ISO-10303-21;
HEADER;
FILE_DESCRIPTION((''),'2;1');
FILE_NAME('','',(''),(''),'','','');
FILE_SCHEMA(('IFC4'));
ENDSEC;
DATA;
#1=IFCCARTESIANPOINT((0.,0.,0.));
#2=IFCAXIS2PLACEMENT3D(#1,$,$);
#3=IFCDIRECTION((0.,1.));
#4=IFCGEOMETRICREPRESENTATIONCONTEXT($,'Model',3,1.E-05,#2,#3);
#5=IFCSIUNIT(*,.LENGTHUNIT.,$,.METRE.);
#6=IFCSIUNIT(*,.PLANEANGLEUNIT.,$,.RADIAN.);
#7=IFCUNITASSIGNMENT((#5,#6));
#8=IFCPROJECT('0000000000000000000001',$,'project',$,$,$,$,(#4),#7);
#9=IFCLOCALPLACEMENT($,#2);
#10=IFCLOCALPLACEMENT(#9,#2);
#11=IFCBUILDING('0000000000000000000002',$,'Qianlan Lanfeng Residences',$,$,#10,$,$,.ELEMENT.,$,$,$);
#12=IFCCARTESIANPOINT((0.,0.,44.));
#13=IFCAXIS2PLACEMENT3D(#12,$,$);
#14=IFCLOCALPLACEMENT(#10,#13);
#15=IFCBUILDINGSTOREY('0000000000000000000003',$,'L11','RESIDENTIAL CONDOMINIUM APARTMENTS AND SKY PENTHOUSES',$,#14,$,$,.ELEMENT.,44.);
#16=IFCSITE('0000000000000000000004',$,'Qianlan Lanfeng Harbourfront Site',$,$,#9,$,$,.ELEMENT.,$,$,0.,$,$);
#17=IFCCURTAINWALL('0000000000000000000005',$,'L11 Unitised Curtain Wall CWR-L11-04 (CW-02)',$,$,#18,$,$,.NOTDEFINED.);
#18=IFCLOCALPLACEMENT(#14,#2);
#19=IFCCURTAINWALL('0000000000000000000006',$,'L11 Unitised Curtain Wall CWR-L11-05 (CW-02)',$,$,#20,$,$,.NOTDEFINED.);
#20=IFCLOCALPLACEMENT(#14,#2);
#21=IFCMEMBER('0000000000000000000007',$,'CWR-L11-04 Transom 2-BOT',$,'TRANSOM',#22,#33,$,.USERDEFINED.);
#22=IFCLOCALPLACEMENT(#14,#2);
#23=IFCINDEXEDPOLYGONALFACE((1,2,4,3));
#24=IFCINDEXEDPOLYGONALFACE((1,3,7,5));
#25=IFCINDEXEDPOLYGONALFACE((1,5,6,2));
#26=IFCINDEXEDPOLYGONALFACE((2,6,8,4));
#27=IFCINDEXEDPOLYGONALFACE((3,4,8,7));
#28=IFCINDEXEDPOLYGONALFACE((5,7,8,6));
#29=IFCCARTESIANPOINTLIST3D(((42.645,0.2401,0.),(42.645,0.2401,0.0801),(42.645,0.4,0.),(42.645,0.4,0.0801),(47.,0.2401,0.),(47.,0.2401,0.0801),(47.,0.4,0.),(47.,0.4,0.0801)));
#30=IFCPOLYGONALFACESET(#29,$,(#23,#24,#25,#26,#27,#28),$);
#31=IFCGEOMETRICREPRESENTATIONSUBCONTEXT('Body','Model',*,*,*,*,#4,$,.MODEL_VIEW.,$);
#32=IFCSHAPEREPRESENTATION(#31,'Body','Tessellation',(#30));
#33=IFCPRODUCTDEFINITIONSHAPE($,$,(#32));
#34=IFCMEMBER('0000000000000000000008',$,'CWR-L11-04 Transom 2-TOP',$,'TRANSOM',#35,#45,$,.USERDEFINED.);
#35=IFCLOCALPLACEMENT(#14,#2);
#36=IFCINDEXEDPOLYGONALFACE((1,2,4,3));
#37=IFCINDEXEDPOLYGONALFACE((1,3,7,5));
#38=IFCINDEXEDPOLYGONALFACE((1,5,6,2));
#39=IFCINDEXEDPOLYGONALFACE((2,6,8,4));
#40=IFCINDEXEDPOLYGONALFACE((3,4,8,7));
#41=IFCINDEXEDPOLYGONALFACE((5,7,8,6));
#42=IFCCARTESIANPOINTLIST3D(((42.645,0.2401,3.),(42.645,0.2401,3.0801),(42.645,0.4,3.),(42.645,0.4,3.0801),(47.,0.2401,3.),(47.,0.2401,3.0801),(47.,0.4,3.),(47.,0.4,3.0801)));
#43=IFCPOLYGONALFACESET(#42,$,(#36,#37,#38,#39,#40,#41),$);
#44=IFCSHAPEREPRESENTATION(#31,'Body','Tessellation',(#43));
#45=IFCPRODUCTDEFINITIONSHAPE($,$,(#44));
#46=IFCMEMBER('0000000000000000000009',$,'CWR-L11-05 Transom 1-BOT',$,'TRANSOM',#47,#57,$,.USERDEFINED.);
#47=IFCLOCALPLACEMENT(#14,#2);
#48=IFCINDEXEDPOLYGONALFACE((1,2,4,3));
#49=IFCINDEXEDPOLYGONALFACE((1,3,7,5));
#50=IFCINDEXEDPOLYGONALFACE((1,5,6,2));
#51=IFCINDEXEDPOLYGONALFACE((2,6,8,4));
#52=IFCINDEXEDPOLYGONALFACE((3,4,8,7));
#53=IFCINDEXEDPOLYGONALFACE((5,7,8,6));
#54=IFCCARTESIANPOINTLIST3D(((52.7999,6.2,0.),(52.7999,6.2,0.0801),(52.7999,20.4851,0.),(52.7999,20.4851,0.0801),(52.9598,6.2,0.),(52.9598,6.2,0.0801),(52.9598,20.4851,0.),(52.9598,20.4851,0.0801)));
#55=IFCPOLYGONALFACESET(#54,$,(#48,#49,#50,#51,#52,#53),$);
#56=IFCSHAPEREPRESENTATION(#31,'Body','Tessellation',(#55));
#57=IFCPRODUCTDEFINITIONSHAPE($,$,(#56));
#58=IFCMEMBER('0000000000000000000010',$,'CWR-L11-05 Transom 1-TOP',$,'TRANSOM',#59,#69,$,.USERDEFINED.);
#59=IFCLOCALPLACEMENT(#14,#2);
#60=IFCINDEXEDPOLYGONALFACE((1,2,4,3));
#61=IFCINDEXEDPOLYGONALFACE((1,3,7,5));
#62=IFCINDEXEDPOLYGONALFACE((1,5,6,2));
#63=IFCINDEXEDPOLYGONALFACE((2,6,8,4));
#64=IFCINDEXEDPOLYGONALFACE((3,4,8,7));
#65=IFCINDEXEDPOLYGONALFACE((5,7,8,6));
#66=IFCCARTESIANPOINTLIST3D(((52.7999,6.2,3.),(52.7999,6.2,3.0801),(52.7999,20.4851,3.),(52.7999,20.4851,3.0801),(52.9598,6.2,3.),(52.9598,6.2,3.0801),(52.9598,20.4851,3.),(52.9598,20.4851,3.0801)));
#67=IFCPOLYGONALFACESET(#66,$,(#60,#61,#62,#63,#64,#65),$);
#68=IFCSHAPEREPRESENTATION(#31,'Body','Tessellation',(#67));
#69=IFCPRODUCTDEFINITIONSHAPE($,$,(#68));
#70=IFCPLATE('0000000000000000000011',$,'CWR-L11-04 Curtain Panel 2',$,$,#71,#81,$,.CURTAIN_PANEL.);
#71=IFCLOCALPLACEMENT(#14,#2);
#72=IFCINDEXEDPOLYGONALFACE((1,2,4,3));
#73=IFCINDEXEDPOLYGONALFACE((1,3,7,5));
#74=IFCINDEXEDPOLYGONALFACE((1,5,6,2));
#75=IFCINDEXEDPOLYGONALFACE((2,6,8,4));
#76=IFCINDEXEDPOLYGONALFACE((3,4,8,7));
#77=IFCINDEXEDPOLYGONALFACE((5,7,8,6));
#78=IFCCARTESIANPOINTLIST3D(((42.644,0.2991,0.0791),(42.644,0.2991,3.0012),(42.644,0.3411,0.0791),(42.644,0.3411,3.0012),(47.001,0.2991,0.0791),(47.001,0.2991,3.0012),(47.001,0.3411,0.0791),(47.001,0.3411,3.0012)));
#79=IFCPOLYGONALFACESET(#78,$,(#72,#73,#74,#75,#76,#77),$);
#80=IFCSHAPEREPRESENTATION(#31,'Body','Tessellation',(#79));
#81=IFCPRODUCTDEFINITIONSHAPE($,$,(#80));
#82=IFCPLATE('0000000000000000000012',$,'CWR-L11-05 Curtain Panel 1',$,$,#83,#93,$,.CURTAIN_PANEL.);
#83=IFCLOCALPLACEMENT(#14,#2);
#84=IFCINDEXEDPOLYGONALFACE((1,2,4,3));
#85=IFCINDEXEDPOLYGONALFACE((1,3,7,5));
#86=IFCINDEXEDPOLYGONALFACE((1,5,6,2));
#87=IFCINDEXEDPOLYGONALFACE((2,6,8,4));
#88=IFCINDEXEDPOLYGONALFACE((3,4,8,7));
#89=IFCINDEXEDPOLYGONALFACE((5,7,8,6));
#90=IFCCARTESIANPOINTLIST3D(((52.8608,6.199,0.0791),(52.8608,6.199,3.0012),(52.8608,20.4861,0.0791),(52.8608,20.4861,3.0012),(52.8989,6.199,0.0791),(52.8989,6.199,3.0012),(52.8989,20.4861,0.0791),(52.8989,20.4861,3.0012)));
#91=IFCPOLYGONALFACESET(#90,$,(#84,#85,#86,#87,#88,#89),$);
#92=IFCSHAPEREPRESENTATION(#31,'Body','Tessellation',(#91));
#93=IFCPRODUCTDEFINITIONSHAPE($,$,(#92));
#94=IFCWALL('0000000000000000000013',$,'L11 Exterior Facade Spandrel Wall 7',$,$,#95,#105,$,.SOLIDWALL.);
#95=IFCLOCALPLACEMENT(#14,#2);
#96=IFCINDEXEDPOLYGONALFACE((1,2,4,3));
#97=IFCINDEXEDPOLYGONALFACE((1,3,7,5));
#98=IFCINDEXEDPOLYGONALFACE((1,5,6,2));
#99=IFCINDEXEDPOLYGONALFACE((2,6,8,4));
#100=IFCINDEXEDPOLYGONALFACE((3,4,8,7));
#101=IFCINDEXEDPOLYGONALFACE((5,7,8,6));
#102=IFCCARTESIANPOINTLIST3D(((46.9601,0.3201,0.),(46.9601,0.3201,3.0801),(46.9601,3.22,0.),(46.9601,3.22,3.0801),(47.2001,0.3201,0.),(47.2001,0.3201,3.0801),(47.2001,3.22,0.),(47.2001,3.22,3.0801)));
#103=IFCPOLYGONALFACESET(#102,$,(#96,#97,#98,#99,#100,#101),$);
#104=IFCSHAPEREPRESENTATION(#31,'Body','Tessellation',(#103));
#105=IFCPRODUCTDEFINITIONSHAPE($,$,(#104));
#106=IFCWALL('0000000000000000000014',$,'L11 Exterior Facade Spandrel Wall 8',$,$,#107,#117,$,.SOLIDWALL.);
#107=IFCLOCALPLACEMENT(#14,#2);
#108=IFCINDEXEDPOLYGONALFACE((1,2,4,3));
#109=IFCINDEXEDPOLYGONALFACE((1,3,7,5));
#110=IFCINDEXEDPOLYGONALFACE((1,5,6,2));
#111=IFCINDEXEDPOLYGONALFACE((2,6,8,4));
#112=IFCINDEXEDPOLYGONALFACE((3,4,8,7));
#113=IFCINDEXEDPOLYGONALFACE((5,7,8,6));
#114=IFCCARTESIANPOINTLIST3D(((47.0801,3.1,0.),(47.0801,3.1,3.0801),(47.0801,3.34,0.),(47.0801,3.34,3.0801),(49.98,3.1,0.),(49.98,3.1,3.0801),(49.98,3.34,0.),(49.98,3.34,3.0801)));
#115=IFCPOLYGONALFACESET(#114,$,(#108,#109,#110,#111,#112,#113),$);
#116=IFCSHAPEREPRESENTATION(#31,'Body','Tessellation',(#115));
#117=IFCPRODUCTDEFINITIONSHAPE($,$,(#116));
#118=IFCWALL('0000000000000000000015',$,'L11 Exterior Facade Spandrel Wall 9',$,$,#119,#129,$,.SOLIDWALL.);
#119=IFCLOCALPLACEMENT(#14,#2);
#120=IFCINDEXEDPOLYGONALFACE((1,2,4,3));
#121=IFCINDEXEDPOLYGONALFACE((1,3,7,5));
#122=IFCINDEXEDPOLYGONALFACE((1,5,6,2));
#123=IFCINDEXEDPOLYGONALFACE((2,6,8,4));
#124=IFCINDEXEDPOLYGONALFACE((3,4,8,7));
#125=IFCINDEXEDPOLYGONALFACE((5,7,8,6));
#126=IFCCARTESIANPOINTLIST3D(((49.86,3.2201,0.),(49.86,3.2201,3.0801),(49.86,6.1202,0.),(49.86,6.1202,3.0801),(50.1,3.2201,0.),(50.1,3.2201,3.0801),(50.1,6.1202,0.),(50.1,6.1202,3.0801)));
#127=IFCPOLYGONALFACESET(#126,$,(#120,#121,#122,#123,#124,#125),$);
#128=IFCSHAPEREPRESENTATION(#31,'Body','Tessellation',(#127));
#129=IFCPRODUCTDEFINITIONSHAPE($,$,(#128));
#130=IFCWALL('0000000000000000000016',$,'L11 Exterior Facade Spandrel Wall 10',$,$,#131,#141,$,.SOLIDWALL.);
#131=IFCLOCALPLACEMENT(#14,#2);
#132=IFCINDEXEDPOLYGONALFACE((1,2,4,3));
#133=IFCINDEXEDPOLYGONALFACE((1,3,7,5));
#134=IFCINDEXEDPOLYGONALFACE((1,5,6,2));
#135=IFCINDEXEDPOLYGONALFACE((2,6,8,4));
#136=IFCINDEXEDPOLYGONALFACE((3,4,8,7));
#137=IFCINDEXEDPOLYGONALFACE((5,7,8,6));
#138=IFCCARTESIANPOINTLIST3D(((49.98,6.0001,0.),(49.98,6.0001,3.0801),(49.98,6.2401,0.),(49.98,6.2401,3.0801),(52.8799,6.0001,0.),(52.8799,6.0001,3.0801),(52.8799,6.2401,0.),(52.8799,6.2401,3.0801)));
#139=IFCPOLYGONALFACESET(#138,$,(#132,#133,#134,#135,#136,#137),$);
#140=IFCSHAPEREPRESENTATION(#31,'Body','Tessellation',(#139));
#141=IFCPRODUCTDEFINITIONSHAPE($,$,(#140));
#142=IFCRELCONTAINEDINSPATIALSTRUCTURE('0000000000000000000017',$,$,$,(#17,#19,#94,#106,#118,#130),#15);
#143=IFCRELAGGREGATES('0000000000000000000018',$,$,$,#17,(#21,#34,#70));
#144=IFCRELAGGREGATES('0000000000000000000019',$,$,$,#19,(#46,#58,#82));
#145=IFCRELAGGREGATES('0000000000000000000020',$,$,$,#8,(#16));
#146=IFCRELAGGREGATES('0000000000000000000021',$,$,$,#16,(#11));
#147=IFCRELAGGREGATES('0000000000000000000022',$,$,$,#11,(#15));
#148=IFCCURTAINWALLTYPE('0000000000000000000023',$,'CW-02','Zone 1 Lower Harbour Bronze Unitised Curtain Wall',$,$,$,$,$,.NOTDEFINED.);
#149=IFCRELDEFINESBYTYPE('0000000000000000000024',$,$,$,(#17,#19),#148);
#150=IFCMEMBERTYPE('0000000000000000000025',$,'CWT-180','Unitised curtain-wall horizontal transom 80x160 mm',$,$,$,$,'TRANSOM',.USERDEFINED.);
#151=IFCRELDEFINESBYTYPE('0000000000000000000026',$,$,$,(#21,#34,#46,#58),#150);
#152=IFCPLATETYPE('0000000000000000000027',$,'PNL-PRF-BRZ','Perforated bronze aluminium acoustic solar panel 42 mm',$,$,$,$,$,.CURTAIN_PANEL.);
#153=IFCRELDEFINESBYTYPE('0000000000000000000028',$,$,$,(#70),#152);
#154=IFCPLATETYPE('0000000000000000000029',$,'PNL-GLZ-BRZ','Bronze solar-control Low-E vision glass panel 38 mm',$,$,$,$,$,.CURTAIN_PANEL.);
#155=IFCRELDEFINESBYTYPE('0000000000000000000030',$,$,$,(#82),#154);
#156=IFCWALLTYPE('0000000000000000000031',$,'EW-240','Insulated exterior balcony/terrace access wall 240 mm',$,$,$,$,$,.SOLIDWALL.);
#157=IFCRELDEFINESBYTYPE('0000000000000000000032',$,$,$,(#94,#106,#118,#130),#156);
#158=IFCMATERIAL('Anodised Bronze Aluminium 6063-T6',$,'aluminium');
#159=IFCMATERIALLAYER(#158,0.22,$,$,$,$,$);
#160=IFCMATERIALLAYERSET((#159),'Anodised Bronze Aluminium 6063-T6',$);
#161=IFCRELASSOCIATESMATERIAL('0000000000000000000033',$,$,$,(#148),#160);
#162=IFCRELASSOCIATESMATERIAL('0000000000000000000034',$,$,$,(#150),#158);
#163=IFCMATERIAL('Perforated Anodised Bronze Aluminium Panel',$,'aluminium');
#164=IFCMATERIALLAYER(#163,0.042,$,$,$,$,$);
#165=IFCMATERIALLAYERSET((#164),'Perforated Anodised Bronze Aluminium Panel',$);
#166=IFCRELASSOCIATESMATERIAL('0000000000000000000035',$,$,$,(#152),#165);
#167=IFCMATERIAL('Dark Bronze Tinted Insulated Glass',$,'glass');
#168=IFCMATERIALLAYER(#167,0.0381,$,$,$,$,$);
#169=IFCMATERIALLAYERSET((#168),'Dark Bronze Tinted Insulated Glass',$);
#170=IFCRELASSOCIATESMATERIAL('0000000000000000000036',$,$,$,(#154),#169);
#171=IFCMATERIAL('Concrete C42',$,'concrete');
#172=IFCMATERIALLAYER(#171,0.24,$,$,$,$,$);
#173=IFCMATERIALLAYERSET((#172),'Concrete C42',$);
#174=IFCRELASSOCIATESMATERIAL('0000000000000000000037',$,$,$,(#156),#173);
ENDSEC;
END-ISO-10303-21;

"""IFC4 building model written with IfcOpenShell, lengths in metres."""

from ifc_helpers import new_model, si_unit, direction, frame, frame_2d, origin, origin_2d, place, context, subcontext, project, spatial, rectangle, extrude, source, transform, mapped, material, layer, layer_set, material_profile, profile_set, type_object, element, aggregate, save


model = new_model("IFC4")

# Units and contexts
model_context = context("Model", 3, precision=1e-05, world=origin(), true_north=direction((0.0, 1.0)))
body_context = subcontext(model_context, "Body", "Model", "MODEL_VIEW")
ifc_project = project(units=[si_unit("LENGTHUNIT", "METRE"), si_unit("PLANEANGLEUNIT", "RADIAN")], contexts=[model_context])

# Site, building, storey
site_placement = place(None, origin())
site = spatial("IfcSite", under=ifc_project, at=site_placement, Name="Qianlan Lanfeng Harbourfront Site", CompositionType="ELEMENT", RefElevation=0.0)
building_placement = place(site_placement, origin())
building = spatial("IfcBuilding", under=site, at=building_placement, Name="Qianlan Lanfeng Residences", CompositionType="ELEMENT")
storey_placement = place(building_placement, frame((0.0, 0.0, 44.0)))
storey = spatial("IfcBuildingStorey", under=building, at=storey_placement, Name="L11", Description="RESIDENTIAL CONDOMINIUM APARTMENTS AND SKY PENTHOUSES", CompositionType="ELEMENT", Elevation=44.0)

# Curtain wall
ifc_material_1 = material(Name="Anodised Bronze Aluminium 6063-T6", Category="aluminium")
ifc_layer_1 = layer(ifc_material_1, 0.22)
ifc_layer_set_1 = layer_set([ifc_layer_1], Name="Anodised Bronze Aluminium 6063-T6")
curtain_wall_type = type_object("IfcCurtainWallType", Name="CW-02", Description="Zone 1 Lower Harbour Bronze Unitised Curtain Wall", PredefinedType="NOTDEFINED", material=ifc_layer_set_1)
curtain_wall_1_placement = place(storey_placement, origin())
curtain_wall_1 = element("IfcCurtainWall", 1, at=curtain_wall_1_placement, inside=storey, type_object=curtain_wall_type, Name="L11 Unitised Curtain Wall CWR-L11-04 (CW-02)", PredefinedType="NOTDEFINED")

# Curtain wall
curtain_wall_2_placement = place(storey_placement, origin())
curtain_wall_2 = element("IfcCurtainWall", 2, at=curtain_wall_2_placement, inside=storey, type_object=curtain_wall_type, Name="L11 Unitised Curtain Wall CWR-L11-05 (CW-02)", PredefinedType="NOTDEFINED")

# Members
ifc_material_profile_1 = material_profile(ifc_material_1, rectangle(XDim=0.0801, YDim=0.1599, at=origin_2d()), Name="ALU TRANSOM 80x160")
ifc_profile_set_1 = profile_set([ifc_material_profile_1], Name="Anodised Bronze Aluminium 6063-T6")
member_type_1 = type_object("IfcMemberType", Name="CWT-180", Description="Unitised curtain-wall horizontal transom 80x160 mm", ElementType="TRANSOM", PredefinedType="USERDEFINED", material=ifc_profile_set_1)
shared_shape_1 = source(origin(), body_context, "Body", "SweptSolid", [
    extrude(rectangle(XDim=0.0801, YDim=0.1599, at=origin_2d()), origin(), (0.0, 0.0, 1.0), 4.355),
])
member_1_placement = place(storey_placement, frame((42.645, 0.3201, 0.04), z_axis=(1.0, 0.0, 0.0), x_axis=(0.0, 0.0, 1.0)))
member_1 = element("IfcMember", 3, at=member_1_placement, type_object=member_type_1, Name="CWR-L11-04 Transom 2-BOT", ObjectType="TRANSOM", PredefinedType="USERDEFINED", context=body_context, shape_type="MappedRepresentation", body=[
    mapped(shared_shape_1, transform((0.0, 0.0, 0.0), scale=1.0)),
])
member_2_placement = place(storey_placement, frame((42.645, 0.3201, 3.04), z_axis=(1.0, 0.0, 0.0), x_axis=(0.0, 0.0, 1.0)))
member_2 = element("IfcMember", 4, at=member_2_placement, type_object=member_type_1, Name="CWR-L11-04 Transom 2-TOP", ObjectType="TRANSOM", PredefinedType="USERDEFINED", context=body_context, shape_type="MappedRepresentation", body=[
    mapped(shared_shape_1, transform((0.0, 0.0, 0.0), scale=1.0)),
])
shared_shape_2 = source(origin(), body_context, "Body", "SweptSolid", [
    extrude(rectangle(XDim=0.0801, YDim=0.1599, at=origin_2d()), origin(), (0.0, 0.0, 1.0), 14.2852),
])
member_3_placement = place(storey_placement, frame((52.8799, 6.2, 0.04), z_axis=(0.0, 1.0, 0.0), x_axis=(0.0, 0.0, 1.0)))
member_3 = element("IfcMember", 5, at=member_3_placement, type_object=member_type_1, Name="CWR-L11-05 Transom 1-BOT", ObjectType="TRANSOM", PredefinedType="USERDEFINED", context=body_context, shape_type="MappedRepresentation", body=[
    mapped(shared_shape_2, transform((0.0, 0.0, 0.0), scale=1.0)),
])
member_4_placement = place(storey_placement, frame((52.8799, 6.2, 3.04), z_axis=(0.0, 1.0, 0.0), x_axis=(0.0, 0.0, 1.0)))
member_4 = element("IfcMember", 6, at=member_4_placement, type_object=member_type_1, Name="CWR-L11-05 Transom 1-TOP", ObjectType="TRANSOM", PredefinedType="USERDEFINED", context=body_context, shape_type="MappedRepresentation", body=[
    mapped(shared_shape_2, transform((0.0, 0.0, 0.0), scale=1.0)),
])

# Plates
ifc_material_2 = material(Name="Perforated Anodised Bronze Aluminium Panel", Category="aluminium")
ifc_layer_2 = layer(ifc_material_2, 0.042)
ifc_layer_set_2 = layer_set([ifc_layer_2], Name="Perforated Anodised Bronze Aluminium Panel")
plate_type_1 = type_object("IfcPlateType", Name="PNL-PRF-BRZ", Description="Perforated bronze aluminium acoustic solar panel 42 mm", PredefinedType="CURTAIN_PANEL", material=ifc_layer_set_2)
shared_shape_3 = source(origin(), body_context, "Body", "SweptSolid", [
    extrude(rectangle(XDim=4.3569, YDim=0.042, at=origin_2d()), origin(), (0.0, 0.0, 1.0), 2.9221),
])
plate_1_placement = place(storey_placement, frame((44.8225, 0.3201, 0.0791), z_axis=(0.0, 0.0, 1.0), x_axis=(1.0, 0.0, 0.0)))
plate_1 = element("IfcPlate", 7, at=plate_1_placement, type_object=plate_type_1, Name="CWR-L11-04 Curtain Panel 2", PredefinedType="CURTAIN_PANEL", context=body_context, shape_type="MappedRepresentation", body=[
    mapped(shared_shape_3, transform((0.0, 0.0, 0.0), scale=1.0)),
])
aggregate(curtain_wall_1, [member_1, member_2, plate_1])
ifc_material_3 = material(Name="Dark Bronze Tinted Insulated Glass", Category="glass")
ifc_layer_3 = layer(ifc_material_3, 0.0381)
ifc_layer_set_3 = layer_set([ifc_layer_3], Name="Dark Bronze Tinted Insulated Glass")
plate_type_2 = type_object("IfcPlateType", Name="PNL-GLZ-BRZ", Description="Bronze solar-control Low-E vision glass panel 38 mm", PredefinedType="CURTAIN_PANEL", material=ifc_layer_set_3)
shared_shape_4 = source(origin(), body_context, "Body", "SweptSolid", [
    extrude(rectangle(XDim=14.2871, YDim=0.0381, at=origin_2d()), origin(), (0.0, 0.0, 1.0), 2.9221),
])
plate_2_placement = place(storey_placement, frame((52.8799, 13.3425, 0.0791), z_axis=(0.0, 0.0, 1.0), x_axis=(0.0, 1.0, 0.0)))
plate_2 = element("IfcPlate", 8, at=plate_2_placement, type_object=plate_type_2, Name="CWR-L11-05 Curtain Panel 1", PredefinedType="CURTAIN_PANEL", context=body_context, shape_type="MappedRepresentation", body=[
    mapped(shared_shape_4, transform((0.0, 0.0, 0.0), scale=1.0)),
])
aggregate(curtain_wall_2, [member_3, member_4, plate_2])

# Walls
ifc_material_4 = material(Name="Concrete C42", Category="concrete")
ifc_layer_4 = layer(ifc_material_4, 0.24)
ifc_layer_set_4 = layer_set([ifc_layer_4], Name="Concrete C42")
wall_type = type_object("IfcWallType", Name="EW-240", Description="Insulated exterior balcony/terrace access wall 240 mm", PredefinedType="SOLIDWALL", material=ifc_layer_set_4)
for number, where, z_axis, x_axis, name in (
    (9, (47.0801, 0.3201, 0.0), (0.0, 0.0, 1.0), (0.0, 1.0, 0.0), "L11 Exterior Facade Spandrel Wall 7"),
    (10, (47.0801, 3.22, 0.0), (0.0, 0.0, 1.0), (1.0, 0.0, 0.0), "L11 Exterior Facade Spandrel Wall 8"),
):
    element("IfcWall", number, at=place(storey_placement, frame(where, z_axis=z_axis, x_axis=x_axis)), inside=storey, type_object=wall_type, Name=name, PredefinedType="SOLIDWALL", context=body_context, shape_type="SweptSolid", body=[
        extrude(rectangle(XDim=2.8999, YDim=0.24, at=frame_2d((1.45, 0.0))), origin(), (0.0, 0.0, 1.0), 3.0801),
    ])
wall_1_placement = place(storey_placement, frame((49.98, 3.22, 0.0), z_axis=(0.0, 0.0, 1.0), x_axis=(0.0, 1.0, 0.0)))
element("IfcWall", 11, at=wall_1_placement, inside=storey, type_object=wall_type, Name="L11 Exterior Facade Spandrel Wall 9", PredefinedType="SOLIDWALL", context=body_context, shape_type="SweptSolid", body=[
    extrude(rectangle(XDim=2.9001, YDim=0.24, at=frame_2d((1.4502, 0.0))), origin(), (0.0, 0.0, 1.0), 3.0801),
])
wall_2_placement = place(storey_placement, frame((49.98, 6.1201, 0.0), z_axis=(0.0, 0.0, 1.0), x_axis=(1.0, 0.0, 0.0)))
element("IfcWall", 12, at=wall_2_placement, inside=storey, type_object=wall_type, Name="L11 Exterior Facade Spandrel Wall 10", PredefinedType="SOLIDWALL", context=body_context, shape_type="SweptSolid", body=[
    extrude(rectangle(XDim=2.8999, YDim=0.24, at=frame_2d((1.45, 0.0))), origin(), (0.0, 0.0, 1.0), 3.0801),
])

save(model, "model.ifc")
